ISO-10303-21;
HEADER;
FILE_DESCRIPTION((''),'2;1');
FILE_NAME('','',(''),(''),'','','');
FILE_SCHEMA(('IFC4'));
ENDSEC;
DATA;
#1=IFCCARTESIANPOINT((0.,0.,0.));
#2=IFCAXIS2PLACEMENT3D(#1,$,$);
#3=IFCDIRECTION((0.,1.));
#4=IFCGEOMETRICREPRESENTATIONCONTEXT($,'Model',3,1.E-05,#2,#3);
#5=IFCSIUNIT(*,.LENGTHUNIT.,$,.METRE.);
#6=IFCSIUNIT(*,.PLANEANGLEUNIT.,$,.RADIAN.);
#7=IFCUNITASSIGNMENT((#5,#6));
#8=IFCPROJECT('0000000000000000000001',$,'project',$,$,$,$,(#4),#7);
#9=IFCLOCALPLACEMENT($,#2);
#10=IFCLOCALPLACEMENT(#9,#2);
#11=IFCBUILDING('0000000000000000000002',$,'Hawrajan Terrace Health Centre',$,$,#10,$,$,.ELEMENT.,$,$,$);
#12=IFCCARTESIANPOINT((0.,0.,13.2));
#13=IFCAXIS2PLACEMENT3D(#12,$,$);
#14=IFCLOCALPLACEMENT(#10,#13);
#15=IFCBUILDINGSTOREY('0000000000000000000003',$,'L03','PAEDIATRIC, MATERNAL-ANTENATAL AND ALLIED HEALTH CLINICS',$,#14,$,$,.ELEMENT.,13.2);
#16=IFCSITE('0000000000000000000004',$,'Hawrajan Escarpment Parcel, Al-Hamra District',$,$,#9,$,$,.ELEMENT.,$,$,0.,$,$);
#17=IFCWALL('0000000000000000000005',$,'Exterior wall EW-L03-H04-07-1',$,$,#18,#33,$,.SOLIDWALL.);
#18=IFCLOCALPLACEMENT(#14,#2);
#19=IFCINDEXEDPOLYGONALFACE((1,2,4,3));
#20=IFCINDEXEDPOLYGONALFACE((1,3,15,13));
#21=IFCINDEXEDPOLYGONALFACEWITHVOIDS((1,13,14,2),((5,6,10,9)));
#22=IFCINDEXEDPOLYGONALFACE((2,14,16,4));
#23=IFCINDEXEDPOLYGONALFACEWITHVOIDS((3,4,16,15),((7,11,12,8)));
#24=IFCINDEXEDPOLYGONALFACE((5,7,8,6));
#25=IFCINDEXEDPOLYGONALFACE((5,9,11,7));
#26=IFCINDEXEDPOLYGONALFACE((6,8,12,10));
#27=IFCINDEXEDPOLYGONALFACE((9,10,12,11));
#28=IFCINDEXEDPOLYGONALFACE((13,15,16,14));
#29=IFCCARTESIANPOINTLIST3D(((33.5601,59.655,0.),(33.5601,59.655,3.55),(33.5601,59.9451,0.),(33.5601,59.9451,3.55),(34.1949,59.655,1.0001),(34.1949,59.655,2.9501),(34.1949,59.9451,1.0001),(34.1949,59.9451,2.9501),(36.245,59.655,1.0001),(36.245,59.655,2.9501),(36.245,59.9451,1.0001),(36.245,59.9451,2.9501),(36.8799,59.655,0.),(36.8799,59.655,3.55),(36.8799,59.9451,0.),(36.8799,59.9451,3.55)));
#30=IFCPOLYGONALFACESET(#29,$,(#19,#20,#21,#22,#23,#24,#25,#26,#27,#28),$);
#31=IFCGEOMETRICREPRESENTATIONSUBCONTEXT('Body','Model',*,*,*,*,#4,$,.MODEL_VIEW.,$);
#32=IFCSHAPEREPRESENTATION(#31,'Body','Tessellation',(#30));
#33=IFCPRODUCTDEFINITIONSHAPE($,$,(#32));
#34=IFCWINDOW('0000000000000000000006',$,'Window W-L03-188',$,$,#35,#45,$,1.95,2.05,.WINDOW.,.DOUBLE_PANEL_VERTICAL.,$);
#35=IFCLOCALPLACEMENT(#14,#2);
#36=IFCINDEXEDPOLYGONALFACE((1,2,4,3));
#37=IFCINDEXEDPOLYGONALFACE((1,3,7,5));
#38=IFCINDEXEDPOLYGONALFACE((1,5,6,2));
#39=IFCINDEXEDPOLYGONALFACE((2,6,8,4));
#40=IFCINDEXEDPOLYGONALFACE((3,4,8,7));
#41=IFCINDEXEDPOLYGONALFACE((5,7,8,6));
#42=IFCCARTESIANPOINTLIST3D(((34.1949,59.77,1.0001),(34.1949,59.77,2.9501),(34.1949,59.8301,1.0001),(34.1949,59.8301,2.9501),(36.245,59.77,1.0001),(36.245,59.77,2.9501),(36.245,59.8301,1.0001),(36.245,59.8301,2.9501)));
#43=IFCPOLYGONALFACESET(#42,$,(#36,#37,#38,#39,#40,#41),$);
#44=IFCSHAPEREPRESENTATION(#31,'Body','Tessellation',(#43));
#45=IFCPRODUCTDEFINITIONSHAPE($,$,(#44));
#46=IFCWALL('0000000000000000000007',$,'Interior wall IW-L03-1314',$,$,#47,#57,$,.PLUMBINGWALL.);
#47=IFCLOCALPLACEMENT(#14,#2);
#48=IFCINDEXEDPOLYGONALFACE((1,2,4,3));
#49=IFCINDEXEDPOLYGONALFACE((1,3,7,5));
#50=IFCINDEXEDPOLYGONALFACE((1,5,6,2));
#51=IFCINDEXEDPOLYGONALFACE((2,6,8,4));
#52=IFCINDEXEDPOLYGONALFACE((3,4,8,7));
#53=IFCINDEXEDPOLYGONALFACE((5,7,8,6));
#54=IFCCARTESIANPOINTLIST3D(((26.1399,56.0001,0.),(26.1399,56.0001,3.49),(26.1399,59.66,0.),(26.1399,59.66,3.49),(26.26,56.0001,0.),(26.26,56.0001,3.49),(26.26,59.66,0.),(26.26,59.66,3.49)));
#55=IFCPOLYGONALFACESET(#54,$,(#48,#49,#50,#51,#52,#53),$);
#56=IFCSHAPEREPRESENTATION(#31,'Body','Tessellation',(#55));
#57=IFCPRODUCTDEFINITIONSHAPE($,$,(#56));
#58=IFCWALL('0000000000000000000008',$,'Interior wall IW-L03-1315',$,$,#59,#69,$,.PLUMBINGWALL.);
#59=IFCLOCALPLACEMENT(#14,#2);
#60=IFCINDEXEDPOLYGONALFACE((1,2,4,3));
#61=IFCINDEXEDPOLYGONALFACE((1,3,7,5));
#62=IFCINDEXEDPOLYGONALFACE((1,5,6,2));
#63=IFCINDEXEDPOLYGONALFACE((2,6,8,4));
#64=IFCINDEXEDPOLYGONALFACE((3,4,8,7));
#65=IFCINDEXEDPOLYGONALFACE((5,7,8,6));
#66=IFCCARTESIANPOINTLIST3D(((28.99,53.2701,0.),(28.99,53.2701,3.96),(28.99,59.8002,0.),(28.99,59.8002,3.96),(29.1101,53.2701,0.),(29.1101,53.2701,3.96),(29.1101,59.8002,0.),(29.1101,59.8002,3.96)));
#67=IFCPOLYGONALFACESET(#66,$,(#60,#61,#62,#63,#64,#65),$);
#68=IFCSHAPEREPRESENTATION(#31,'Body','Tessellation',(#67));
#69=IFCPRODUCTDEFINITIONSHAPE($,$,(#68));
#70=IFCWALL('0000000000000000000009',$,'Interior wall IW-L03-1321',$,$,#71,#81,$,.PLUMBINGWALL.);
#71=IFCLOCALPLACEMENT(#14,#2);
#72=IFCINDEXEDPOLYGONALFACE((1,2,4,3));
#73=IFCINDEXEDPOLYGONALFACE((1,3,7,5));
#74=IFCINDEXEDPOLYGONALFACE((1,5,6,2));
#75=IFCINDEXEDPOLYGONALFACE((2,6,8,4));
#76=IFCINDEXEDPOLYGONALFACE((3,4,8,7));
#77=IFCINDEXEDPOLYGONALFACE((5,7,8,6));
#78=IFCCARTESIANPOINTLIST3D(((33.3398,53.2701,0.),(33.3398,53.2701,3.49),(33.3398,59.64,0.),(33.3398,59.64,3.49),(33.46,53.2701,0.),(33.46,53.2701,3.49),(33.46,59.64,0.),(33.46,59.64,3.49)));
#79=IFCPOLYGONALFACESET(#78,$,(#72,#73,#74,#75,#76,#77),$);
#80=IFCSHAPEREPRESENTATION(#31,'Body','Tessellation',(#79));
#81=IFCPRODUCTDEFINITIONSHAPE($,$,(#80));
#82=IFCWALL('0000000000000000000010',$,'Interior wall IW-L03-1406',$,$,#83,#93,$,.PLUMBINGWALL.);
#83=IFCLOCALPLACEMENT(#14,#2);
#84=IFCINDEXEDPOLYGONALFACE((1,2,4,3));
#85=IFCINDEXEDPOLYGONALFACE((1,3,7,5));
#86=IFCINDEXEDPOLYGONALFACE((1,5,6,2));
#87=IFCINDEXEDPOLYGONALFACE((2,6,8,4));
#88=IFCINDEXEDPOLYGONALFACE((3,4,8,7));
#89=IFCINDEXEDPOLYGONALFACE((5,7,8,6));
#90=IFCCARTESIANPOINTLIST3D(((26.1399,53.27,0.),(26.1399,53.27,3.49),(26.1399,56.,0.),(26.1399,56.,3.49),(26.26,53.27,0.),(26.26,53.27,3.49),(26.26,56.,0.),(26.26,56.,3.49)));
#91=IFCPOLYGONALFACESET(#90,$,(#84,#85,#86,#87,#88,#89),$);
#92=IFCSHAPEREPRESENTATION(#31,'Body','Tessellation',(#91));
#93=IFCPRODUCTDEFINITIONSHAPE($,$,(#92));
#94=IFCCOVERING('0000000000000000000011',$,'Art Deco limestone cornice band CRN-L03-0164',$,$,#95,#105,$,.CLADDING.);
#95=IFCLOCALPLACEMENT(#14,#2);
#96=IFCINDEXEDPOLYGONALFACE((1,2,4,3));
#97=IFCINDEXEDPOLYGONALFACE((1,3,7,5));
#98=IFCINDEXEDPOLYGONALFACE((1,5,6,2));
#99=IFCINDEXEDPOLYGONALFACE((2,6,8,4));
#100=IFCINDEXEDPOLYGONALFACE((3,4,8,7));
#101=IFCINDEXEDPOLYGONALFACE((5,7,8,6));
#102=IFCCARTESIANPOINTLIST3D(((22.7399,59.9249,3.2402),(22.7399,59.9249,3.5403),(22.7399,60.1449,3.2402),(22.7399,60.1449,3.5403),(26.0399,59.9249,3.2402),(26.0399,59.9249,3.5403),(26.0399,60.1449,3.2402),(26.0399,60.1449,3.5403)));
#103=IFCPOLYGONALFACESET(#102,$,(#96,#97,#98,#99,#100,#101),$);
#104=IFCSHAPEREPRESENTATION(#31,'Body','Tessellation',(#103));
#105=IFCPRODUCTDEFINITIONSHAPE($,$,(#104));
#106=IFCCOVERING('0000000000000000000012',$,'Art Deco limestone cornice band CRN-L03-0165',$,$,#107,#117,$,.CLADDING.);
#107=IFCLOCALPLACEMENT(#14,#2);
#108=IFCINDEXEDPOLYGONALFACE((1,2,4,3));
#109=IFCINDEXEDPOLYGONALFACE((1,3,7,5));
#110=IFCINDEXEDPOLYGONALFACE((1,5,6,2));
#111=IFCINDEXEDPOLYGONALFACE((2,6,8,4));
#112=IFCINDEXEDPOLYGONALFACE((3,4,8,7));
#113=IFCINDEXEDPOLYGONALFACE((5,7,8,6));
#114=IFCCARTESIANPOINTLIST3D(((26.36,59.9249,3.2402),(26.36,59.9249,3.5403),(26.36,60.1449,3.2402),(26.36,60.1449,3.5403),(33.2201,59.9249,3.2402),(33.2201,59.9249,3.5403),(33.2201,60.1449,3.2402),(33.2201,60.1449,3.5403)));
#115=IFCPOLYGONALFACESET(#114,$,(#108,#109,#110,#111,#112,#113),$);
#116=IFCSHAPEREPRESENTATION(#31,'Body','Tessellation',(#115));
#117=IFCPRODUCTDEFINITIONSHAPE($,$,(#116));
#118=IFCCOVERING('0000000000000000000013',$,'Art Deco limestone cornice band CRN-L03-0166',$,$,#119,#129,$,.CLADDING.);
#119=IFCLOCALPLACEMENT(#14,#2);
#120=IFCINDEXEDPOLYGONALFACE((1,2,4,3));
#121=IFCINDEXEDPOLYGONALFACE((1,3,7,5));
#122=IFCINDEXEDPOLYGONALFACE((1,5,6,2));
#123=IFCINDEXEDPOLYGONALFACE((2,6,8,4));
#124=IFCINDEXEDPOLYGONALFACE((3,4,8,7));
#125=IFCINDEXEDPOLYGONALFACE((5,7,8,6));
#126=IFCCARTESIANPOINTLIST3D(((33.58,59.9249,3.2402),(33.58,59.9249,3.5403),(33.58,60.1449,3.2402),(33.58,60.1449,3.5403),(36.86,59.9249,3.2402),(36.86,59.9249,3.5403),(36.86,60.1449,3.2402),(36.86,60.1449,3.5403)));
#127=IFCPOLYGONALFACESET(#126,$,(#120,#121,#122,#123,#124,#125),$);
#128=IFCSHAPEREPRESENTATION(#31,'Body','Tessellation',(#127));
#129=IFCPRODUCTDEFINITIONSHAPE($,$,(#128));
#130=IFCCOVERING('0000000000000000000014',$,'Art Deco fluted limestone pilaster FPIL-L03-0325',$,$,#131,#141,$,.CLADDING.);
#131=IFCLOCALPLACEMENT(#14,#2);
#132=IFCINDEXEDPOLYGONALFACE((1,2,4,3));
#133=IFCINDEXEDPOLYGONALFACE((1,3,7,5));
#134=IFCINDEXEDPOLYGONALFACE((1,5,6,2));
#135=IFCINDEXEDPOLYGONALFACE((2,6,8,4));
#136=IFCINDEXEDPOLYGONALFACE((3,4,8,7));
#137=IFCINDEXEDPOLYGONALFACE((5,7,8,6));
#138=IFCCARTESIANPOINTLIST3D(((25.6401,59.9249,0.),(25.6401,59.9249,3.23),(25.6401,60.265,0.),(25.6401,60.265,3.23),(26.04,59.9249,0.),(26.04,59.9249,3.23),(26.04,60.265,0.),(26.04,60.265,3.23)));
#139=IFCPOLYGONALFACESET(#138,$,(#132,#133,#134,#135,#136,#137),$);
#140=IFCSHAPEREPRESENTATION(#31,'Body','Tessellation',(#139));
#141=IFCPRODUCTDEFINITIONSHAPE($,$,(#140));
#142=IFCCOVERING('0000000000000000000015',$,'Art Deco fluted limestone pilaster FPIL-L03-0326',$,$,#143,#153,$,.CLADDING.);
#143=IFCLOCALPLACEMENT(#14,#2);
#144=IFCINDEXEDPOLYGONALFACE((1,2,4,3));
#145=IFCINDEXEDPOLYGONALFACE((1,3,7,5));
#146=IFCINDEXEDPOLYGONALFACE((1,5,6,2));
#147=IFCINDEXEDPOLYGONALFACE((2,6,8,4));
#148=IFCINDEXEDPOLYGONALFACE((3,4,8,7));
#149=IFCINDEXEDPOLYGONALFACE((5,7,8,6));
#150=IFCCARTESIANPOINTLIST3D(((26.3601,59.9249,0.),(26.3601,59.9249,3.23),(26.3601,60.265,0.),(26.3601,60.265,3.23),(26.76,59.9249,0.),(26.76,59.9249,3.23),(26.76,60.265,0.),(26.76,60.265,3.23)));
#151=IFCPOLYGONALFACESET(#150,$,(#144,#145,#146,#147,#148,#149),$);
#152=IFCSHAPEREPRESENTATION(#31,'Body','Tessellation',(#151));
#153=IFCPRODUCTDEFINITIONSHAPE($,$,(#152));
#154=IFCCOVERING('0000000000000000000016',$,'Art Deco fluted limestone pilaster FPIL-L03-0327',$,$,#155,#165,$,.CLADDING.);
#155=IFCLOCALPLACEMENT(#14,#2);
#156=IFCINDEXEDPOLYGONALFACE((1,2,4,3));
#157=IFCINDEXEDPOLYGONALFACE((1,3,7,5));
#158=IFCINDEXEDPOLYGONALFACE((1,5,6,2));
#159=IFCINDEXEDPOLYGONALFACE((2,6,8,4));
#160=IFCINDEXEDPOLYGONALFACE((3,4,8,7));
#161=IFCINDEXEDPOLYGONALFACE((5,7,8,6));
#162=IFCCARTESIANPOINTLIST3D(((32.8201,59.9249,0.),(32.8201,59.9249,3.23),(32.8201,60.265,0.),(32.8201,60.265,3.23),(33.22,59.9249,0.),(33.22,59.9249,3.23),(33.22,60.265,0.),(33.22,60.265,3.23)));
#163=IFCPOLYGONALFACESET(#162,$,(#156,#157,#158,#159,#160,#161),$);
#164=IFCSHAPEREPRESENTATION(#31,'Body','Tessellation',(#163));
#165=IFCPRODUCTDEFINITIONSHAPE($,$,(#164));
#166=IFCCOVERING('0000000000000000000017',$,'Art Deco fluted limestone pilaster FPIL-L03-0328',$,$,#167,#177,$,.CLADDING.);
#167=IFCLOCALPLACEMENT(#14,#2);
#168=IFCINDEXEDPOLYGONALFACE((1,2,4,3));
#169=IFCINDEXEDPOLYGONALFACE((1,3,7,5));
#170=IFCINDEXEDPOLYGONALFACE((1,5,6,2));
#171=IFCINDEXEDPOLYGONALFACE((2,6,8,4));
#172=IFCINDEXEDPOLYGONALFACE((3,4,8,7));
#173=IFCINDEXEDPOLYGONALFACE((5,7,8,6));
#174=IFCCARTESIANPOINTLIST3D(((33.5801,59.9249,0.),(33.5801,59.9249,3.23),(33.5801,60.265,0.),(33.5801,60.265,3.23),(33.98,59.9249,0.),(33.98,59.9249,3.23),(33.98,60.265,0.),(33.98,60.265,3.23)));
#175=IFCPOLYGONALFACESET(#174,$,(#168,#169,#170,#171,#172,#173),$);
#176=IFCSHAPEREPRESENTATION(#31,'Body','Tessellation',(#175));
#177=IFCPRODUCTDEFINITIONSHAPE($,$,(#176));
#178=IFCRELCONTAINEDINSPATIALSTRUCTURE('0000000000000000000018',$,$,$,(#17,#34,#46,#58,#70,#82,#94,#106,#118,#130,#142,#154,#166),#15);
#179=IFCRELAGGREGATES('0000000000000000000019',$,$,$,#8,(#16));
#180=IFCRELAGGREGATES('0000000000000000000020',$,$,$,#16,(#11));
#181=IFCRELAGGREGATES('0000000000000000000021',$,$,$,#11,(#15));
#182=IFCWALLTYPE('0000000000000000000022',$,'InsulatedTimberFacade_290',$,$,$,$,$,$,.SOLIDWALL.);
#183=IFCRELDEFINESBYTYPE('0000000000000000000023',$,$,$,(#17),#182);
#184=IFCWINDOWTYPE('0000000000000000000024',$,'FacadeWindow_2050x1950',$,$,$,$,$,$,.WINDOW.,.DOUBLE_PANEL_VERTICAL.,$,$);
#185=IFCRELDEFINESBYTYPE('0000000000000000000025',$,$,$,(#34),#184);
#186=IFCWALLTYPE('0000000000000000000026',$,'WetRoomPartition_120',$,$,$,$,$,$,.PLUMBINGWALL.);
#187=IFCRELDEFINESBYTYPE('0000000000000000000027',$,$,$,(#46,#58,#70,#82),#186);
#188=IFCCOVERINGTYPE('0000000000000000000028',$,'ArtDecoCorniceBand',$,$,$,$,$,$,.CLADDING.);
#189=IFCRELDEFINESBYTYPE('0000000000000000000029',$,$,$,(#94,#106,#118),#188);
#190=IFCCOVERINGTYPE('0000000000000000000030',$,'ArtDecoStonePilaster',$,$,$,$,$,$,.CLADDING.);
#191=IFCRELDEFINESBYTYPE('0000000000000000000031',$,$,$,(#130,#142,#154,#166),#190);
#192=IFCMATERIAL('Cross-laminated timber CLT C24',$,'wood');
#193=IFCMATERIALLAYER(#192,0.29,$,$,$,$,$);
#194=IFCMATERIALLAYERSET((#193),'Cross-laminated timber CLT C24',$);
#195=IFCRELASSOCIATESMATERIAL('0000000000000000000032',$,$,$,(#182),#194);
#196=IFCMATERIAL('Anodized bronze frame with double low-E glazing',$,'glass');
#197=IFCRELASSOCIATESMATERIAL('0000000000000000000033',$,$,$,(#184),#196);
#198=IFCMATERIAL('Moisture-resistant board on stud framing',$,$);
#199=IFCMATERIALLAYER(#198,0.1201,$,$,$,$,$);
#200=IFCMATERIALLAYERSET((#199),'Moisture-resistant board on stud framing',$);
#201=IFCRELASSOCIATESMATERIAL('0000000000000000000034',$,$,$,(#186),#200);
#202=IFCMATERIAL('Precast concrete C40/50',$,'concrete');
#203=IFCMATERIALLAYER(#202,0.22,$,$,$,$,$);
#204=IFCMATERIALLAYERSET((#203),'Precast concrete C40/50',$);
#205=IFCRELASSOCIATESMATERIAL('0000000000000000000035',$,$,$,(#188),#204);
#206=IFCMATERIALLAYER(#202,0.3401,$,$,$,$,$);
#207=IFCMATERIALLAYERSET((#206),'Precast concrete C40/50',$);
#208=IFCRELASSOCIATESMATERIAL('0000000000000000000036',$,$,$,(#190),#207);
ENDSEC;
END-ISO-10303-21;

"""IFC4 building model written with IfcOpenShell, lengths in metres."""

from ifc_helpers import new_model, si_unit, direction, frame, frame_2d, origin, origin_2d, place, context, subcontext, project, spatial, rectangle, extrude, material, layer, layer_set, type_object, element, fill, save


model = new_model("IFC4")

# Units and contexts
model_context = context("Model", 3, precision=1e-05, world=origin(), true_north=direction((0.0, 1.0)))
body_context = subcontext(model_context, "Body", "Model", "MODEL_VIEW")
ifc_project = project(units=[si_unit("LENGTHUNIT", "METRE"), si_unit("PLANEANGLEUNIT", "RADIAN")], contexts=[model_context])

# Site, building, storey
site_placement = place(None, origin())
site = spatial("IfcSite", under=ifc_project, at=site_placement, Name="Hawrajan Escarpment Parcel, Al-Hamra District", CompositionType="ELEMENT", RefElevation=0.0)
building_placement = place(site_placement, origin())
building = spatial("IfcBuilding", under=site, at=building_placement, Name="Hawrajan Terrace Health Centre", CompositionType="ELEMENT")
storey_placement = place(building_placement, frame((0.0, 0.0, 13.2)))
storey = spatial("IfcBuildingStorey", under=building, at=storey_placement, Name="L03", Description="PAEDIATRIC, MATERNAL-ANTENATAL AND ALLIED HEALTH CLINICS", CompositionType="ELEMENT", Elevation=13.2)

# Shared definitions
ifc_material_1 = material(Name="Cross-laminated timber CLT C24", Category="wood")

# Shared definitions
ifc_layer_1 = layer(ifc_material_1, 0.29)
ifc_layer_set_1 = layer_set([ifc_layer_1], Name="Cross-laminated timber CLT C24")
wall_type_1 = type_object("IfcWallType", Name="InsulatedTimberFacade_290", PredefinedType="SOLIDWALL", material=ifc_layer_set_1)
ifc_material_2 = material(Name="Anodized bronze frame with double low-E glazing", Category="glass")

# Wall, opening, window
wall_1_placement = place(storey_placement, frame((33.5601, 59.8, 0.0), z_axis=(0.0, 0.0, 1.0), x_axis=(1.0, 0.0, 0.0)))
wall_1 = element("IfcWall", 1, at=wall_1_placement, inside=storey, type_object=wall_type_1, Name="Exterior wall EW-L03-H04-07-1", PredefinedType="SOLIDWALL", context=body_context, shape_type="SweptSolid", body=[
    extrude(rectangle(XDim=3.3198, YDim=0.29, at=frame_2d((1.6599, 0.0))), origin(), (0.0, 0.0, 1.0), 3.55),
])
opening_1_placement = place(wall_1_placement, frame((0.635, 0.0, 1.0)))
opening_1 = element("IfcOpeningElement", 2, at=opening_1_placement, cuts=wall_1, PredefinedType="OPENING", context=body_context, shape_type="SweptSolid", body=[
    extrude(rectangle(XDim=2.05, YDim=1.95, at=frame_2d((1.0249, 0.9751))), frame((0.0, 0.155, 0.0), z_axis=(0.0, -1.0, 0.0), x_axis=(1.0, 0.0, 0.0)), (0.0, 0.0, 1.0), 0.3101),
])
window_type_1 = type_object("IfcWindowType", Name="FacadeWindow_2050x1950", PartitioningType="DOUBLE_PANEL_VERTICAL", PredefinedType="WINDOW", material=ifc_material_2)
window_1_placement = place(opening_1_placement, origin())
window_1 = element("IfcWindow", 3, at=window_1_placement, inside=storey, type_object=window_type_1, Name="Window W-L03-188", OverallHeight=1.95, OverallWidth=2.05, PartitioningType="DOUBLE_PANEL_VERTICAL", PredefinedType="WINDOW", context=body_context, shape_type="SweptSolid", body=[
    extrude(rectangle(XDim=2.05, YDim=1.95, at=frame_2d((1.0249, 0.9751))), frame((0.0, 0.03, 0.0), z_axis=(0.0, -1.0, 0.0), x_axis=(1.0, 0.0, 0.0)), (0.0, 0.0, 1.0), 0.0601),
])
fill(opening_1, window_1)

# Walls
ifc_material_3 = material(Name="Moisture-resistant board on stud framing")
ifc_layer_2 = layer(ifc_material_3, 0.1201)
ifc_layer_set_2 = layer_set([ifc_layer_2], Name="Moisture-resistant board on stud framing")
wall_type_2 = type_object("IfcWallType", Name="WetRoomPartition_120", PredefinedType="PLUMBINGWALL", material=ifc_layer_set_2)
wall_2_placement = place(storey_placement, frame((26.2, 56.0, 0.0), z_axis=(0.0, 0.0, 1.0), x_axis=(0.0, 1.0, 0.0)))
element("IfcWall", 4, at=wall_2_placement, inside=storey, type_object=wall_type_2, Name="Interior wall IW-L03-1314", PredefinedType="PLUMBINGWALL", context=body_context, shape_type="SweptSolid", body=[
    extrude(rectangle(XDim=3.6599, YDim=0.1201, at=frame_2d((1.8301, 0.0))), origin(), (0.0, 0.0, 1.0), 3.49),
])
wall_3_placement = place(storey_placement, frame((29.05, 53.27, 0.0), z_axis=(0.0, 0.0, 1.0), x_axis=(0.0, 1.0, 0.0)))
element("IfcWall", 5, at=wall_3_placement, inside=storey, type_object=wall_type_2, Name="Interior wall IW-L03-1315", PredefinedType="PLUMBINGWALL", context=body_context, shape_type="SweptSolid", body=[
    extrude(rectangle(XDim=6.53, YDim=0.1201, at=frame_2d((3.2651, 0.0))), origin(), (0.0, 0.0, 1.0), 3.96),
])
wall_4_placement = place(storey_placement, frame((33.3999, 53.27, 0.0), z_axis=(0.0, 0.0, 1.0), x_axis=(0.0, 1.0, 0.0)))
element("IfcWall", 6, at=wall_4_placement, inside=storey, type_object=wall_type_2, Name="Interior wall IW-L03-1321", PredefinedType="PLUMBINGWALL", context=body_context, shape_type="SweptSolid", body=[
    extrude(rectangle(XDim=6.3699, YDim=0.1201, at=frame_2d((3.1851, 0.0))), origin(), (0.0, 0.0, 1.0), 3.49),
])
wall_5_placement = place(storey_placement, frame((26.2, 53.27, 0.0), z_axis=(0.0, 0.0, 1.0), x_axis=(0.0, 1.0, 0.0)))
element("IfcWall", 7, at=wall_5_placement, inside=storey, type_object=wall_type_2, Name="Interior wall IW-L03-1406", PredefinedType="PLUMBINGWALL", context=body_context, shape_type="SweptSolid", body=[
    extrude(rectangle(XDim=2.73, YDim=0.1201, at=frame_2d((1.365, 0.0))), origin(), (0.0, 0.0, 1.0), 3.49),
])

# Coverings
ifc_material_4 = material(Name="Precast concrete C40/50", Category="concrete")
ifc_layer_3 = layer(ifc_material_4, 0.22)
ifc_layer_set_3 = layer_set([ifc_layer_3], Name="Precast concrete C40/50")
covering_type_1 = type_object("IfcCoveringType", Name="ArtDecoCorniceBand", PredefinedType="CLADDING", material=ifc_layer_set_3)
covering_1_placement = place(storey_placement, frame((24.3899, 60.0349, 3.2402), z_axis=(0.0, 0.0, 1.0), x_axis=(1.0, 0.0, 0.0)))
element("IfcCovering", 8, at=covering_1_placement, inside=storey, type_object=covering_type_1, Name="Art Deco limestone cornice band CRN-L03-0164", PredefinedType="CLADDING", context=body_context, shape_type="SweptSolid", body=[
    extrude(rectangle(XDim=3.3, YDim=0.22, at=origin_2d()), origin(), (0.0, 0.0, 1.0), 0.3),
])
covering_2_placement = place(storey_placement, frame((29.79, 60.0349, 3.2402), z_axis=(0.0, 0.0, 1.0), x_axis=(1.0, 0.0, 0.0)))
element("IfcCovering", 9, at=covering_2_placement, inside=storey, type_object=covering_type_1, Name="Art Deco limestone cornice band CRN-L03-0165", PredefinedType="CLADDING", context=body_context, shape_type="SweptSolid", body=[
    extrude(rectangle(XDim=6.8601, YDim=0.22, at=origin_2d()), origin(), (0.0, 0.0, 1.0), 0.3),
])
covering_3_placement = place(storey_placement, frame((35.22, 60.0349, 3.2402), z_axis=(0.0, 0.0, 1.0), x_axis=(1.0, 0.0, 0.0)))
element("IfcCovering", 10, at=covering_3_placement, inside=storey, type_object=covering_type_1, Name="Art Deco limestone cornice band CRN-L03-0166", PredefinedType="CLADDING", context=body_context, shape_type="SweptSolid", body=[
    extrude(rectangle(XDim=3.28, YDim=0.22, at=origin_2d()), origin(), (0.0, 0.0, 1.0), 0.3),
])
ifc_layer_4 = layer(ifc_material_4, 0.3401)
ifc_layer_set_4 = layer_set([ifc_layer_4], Name="Precast concrete C40/50")
covering_type_2 = type_object("IfcCoveringType", Name="ArtDecoStonePilaster", PredefinedType="CLADDING", material=ifc_layer_set_4)
for number, where, z_axis, x_axis, name in (
    (11, (25.8401, 60.095, 0.0), (0.0, 0.0, 1.0), (1.0, 0.0, 0.0), "Art Deco fluted limestone pilaster FPIL-L03-0325"),
    (12, (26.5601, 60.095, 0.0), (0.0, 0.0, 1.0), (1.0, 0.0, 0.0), "Art Deco fluted limestone pilaster FPIL-L03-0326"),
    (13, (33.02, 60.095, 0.0), (0.0, 0.0, 1.0), (1.0, 0.0, 0.0), "Art Deco fluted limestone pilaster FPIL-L03-0327"),
    (14, (33.78, 60.095, 0.0), (0.0, 0.0, 1.0), (1.0, 0.0, 0.0), "Art Deco fluted limestone pilaster FPIL-L03-0328"),
):
    element("IfcCovering", number, at=place(storey_placement, frame(where, z_axis=z_axis, x_axis=x_axis)), inside=storey, type_object=covering_type_2, Name=name, PredefinedType="CLADDING", context=body_context, shape_type="SweptSolid", body=[
        extrude(rectangle(XDim=0.3999, YDim=0.3401, at=origin_2d()), origin(), (0.0, 0.0, 1.0), 3.23),
    ])

save(model, "model.ifc")
